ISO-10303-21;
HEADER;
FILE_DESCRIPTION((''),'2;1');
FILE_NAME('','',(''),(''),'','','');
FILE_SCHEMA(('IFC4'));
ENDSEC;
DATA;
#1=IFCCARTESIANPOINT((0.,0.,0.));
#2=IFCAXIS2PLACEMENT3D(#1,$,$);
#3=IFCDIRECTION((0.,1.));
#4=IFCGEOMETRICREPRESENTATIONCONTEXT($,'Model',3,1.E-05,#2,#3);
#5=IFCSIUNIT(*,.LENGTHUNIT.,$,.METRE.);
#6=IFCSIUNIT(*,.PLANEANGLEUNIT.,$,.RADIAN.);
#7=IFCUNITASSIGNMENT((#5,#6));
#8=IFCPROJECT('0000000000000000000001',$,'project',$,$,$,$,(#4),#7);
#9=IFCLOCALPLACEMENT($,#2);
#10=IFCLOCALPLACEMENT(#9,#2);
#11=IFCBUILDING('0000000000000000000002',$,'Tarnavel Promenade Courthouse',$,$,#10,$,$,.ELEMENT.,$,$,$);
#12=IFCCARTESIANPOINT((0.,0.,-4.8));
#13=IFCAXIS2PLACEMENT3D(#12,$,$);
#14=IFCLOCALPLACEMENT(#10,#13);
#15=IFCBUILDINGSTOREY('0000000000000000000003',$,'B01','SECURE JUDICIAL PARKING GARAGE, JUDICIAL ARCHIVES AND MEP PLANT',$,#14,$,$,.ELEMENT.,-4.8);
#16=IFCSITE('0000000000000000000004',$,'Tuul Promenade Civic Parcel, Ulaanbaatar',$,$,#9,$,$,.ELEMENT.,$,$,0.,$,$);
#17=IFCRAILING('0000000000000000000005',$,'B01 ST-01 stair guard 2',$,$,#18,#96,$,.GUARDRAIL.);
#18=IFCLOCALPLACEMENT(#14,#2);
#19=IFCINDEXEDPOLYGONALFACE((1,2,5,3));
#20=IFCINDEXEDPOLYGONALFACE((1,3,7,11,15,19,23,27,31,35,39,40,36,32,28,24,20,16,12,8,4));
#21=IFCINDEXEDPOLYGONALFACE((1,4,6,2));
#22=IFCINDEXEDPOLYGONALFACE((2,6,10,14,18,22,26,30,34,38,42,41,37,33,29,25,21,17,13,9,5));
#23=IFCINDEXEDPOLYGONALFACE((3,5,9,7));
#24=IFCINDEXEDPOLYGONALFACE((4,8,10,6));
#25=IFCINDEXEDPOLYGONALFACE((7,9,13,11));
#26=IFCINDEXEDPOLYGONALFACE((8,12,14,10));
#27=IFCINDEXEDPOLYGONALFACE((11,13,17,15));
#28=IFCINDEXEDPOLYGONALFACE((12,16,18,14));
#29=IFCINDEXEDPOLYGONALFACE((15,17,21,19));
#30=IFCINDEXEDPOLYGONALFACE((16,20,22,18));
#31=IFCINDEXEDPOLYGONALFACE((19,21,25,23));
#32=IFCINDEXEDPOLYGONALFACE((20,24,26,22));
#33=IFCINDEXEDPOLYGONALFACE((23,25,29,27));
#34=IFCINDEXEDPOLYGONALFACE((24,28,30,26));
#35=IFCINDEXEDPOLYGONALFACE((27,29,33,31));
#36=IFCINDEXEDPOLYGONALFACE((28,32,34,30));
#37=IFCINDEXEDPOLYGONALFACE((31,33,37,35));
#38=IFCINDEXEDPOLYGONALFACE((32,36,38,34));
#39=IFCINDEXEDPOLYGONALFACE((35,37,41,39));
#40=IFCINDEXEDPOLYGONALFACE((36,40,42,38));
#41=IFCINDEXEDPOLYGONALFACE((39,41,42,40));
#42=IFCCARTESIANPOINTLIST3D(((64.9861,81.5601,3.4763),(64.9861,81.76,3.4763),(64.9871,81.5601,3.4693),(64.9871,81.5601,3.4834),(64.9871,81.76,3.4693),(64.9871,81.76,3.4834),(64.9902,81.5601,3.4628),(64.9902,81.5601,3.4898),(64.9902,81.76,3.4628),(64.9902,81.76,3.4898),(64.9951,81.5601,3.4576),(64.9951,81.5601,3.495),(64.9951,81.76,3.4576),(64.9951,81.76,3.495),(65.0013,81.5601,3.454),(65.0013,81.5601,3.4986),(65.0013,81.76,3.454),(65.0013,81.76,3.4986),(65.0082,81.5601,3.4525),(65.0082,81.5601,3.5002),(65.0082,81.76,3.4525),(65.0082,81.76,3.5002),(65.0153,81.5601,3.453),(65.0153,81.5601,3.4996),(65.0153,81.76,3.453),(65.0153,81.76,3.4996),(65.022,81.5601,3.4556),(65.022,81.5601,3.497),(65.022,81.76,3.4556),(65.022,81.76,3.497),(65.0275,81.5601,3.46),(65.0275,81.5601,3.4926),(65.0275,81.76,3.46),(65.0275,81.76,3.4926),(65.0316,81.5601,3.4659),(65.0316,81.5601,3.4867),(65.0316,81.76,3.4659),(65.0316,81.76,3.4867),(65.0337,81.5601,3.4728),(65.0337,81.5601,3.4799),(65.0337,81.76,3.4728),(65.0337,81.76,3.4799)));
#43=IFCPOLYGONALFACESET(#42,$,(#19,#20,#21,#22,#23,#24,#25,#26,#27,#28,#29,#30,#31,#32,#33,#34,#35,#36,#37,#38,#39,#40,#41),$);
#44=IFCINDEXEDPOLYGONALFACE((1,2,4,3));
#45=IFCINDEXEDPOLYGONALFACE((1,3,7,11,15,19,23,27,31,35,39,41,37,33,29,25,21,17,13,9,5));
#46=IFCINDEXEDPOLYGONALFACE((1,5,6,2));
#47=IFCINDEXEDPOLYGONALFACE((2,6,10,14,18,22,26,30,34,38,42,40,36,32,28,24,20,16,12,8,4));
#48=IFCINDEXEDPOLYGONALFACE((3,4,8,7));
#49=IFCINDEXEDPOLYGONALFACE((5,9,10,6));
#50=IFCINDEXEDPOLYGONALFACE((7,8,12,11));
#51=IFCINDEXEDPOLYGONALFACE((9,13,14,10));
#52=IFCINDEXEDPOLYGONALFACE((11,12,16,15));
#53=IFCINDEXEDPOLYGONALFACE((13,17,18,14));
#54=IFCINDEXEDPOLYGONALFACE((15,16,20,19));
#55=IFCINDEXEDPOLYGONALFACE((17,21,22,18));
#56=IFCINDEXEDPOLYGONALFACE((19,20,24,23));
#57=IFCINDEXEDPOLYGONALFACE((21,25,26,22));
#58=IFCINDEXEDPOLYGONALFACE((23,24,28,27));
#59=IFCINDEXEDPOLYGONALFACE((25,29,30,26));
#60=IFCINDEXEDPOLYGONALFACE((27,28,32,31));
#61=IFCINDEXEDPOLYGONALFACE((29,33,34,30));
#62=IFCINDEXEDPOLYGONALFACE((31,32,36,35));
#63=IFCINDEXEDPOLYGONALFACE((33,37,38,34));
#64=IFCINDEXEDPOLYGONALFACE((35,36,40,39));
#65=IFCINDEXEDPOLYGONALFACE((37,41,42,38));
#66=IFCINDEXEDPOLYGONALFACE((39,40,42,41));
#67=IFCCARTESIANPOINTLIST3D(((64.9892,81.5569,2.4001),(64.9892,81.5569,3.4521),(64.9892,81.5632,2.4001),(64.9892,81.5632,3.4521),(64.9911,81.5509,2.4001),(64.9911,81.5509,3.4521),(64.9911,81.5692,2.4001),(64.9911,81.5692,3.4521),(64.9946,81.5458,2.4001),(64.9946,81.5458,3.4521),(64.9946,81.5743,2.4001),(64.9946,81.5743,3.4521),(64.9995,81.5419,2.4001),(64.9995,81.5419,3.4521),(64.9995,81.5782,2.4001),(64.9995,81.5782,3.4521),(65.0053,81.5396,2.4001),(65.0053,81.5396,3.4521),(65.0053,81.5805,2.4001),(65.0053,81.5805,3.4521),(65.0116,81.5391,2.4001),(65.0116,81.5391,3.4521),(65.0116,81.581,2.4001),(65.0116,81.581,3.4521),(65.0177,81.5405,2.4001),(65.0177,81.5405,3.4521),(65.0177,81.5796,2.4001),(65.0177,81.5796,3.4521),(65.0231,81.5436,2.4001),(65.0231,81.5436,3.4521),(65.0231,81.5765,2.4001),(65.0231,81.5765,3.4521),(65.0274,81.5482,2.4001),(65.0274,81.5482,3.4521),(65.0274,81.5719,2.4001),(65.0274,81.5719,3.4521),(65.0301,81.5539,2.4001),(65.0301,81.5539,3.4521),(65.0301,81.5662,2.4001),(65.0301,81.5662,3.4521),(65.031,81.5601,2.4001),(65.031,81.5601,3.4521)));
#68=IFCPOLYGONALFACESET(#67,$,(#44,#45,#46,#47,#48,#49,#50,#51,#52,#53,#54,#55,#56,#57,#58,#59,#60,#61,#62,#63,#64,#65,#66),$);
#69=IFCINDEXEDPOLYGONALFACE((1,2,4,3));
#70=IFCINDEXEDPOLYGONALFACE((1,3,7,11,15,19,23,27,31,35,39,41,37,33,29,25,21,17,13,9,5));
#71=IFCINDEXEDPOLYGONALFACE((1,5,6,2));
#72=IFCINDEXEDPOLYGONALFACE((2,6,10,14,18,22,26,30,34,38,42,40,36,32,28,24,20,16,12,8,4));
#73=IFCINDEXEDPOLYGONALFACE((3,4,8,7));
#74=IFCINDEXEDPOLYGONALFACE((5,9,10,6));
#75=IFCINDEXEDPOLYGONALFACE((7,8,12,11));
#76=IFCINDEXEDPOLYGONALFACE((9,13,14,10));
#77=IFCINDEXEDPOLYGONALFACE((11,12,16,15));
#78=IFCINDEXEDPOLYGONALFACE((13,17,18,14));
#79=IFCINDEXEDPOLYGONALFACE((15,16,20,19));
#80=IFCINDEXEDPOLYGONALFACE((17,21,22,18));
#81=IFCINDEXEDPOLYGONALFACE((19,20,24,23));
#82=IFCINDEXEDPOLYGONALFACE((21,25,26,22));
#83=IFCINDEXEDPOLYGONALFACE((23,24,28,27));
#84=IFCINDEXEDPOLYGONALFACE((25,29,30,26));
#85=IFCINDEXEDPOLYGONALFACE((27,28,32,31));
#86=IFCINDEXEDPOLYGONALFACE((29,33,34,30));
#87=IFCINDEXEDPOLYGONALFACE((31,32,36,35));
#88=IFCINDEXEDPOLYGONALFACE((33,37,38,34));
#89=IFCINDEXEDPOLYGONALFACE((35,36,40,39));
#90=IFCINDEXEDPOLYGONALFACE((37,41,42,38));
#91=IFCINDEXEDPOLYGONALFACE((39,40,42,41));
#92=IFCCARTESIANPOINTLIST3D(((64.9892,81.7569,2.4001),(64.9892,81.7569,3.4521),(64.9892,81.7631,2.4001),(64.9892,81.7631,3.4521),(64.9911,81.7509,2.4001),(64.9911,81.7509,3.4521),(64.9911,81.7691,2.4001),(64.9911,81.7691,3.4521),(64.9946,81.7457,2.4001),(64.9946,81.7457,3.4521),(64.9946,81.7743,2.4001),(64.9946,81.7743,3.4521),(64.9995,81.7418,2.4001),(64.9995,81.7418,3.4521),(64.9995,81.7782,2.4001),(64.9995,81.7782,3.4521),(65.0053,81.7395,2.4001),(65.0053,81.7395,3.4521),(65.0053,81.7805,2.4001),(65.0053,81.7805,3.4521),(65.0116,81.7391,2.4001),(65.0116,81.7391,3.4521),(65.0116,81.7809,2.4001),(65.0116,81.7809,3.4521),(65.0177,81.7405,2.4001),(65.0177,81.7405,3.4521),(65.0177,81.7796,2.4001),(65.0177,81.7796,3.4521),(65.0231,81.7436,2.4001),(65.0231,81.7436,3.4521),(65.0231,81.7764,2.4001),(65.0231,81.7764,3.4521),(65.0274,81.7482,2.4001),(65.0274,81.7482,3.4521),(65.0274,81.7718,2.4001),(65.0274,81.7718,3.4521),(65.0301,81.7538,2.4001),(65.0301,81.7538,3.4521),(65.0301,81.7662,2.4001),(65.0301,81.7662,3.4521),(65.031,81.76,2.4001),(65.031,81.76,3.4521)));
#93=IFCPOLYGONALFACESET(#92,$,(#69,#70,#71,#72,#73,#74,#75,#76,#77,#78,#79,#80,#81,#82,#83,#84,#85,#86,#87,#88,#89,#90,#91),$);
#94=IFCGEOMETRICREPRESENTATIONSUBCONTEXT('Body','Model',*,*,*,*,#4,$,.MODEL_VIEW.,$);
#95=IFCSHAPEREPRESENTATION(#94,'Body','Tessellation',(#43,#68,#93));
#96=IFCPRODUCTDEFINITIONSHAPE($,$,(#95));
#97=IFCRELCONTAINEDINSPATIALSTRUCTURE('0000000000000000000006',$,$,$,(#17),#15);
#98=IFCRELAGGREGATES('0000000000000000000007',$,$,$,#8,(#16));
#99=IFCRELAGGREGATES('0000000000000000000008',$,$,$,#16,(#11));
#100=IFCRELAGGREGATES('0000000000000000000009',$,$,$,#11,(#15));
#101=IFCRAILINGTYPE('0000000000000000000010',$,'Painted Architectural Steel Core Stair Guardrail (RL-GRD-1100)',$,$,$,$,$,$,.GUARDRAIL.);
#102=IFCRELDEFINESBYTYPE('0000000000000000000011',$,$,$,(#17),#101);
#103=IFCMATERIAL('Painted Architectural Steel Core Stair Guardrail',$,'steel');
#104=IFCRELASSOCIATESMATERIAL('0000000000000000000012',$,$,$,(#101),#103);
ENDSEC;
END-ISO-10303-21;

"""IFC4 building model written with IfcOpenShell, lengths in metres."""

from ifc_helpers import new_model, si_unit, direction, frame, origin, origin_2d, place, context, subcontext, project, spatial, circle, extrude, material, type_object, element, save


model = new_model("IFC4")

# Units and contexts
model_context = context("Model", 3, precision=1e-05, world=origin(), true_north=direction((0.0, 1.0)))
body_context = subcontext(model_context, "Body", "Model", "MODEL_VIEW")
ifc_project = project(units=[si_unit("LENGTHUNIT", "METRE"), si_unit("PLANEANGLEUNIT", "RADIAN")], contexts=[model_context])

# Site, building, storey
site_placement = place(None, origin())
site = spatial("IfcSite", under=ifc_project, at=site_placement, Name="Tuul Promenade Civic Parcel, Ulaanbaatar", CompositionType="ELEMENT", RefElevation=0.0)
building_placement = place(site_placement, origin())
building = spatial("IfcBuilding", under=site, at=building_placement, Name="Tarnavel Promenade Courthouse", CompositionType="ELEMENT")
storey_placement = place(building_placement, frame((0.0, 0.0, -4.8)))
storey = spatial("IfcBuildingStorey", under=building, at=storey_placement, Name="B01", Description="SECURE JUDICIAL PARKING GARAGE, JUDICIAL ARCHIVES AND MEP PLANT", CompositionType="ELEMENT", Elevation=-4.8)

# Railing
ifc_material_1 = material(Name="Painted Architectural Steel Core Stair Guardrail", Category="steel")
railing_type_1 = type_object("IfcRailingType", Name="Painted Architectural Steel Core Stair Guardrail (RL-GRD-1100)", PredefinedType="GUARDRAIL", material=ifc_material_1)
railing_1_placement = place(storey_placement, frame((65.01, 81.5601, 2.4001)))
element("IfcRailing", 1, at=railing_1_placement, inside=storey, type_object=railing_type_1, Name="B01 ST-01 stair guard 2", PredefinedType="GUARDRAIL", context=body_context, shape_type="SweptSolid", body=[
    extrude(circle(Radius=0.0239, at=origin_2d()), frame((0.0, 0.0, 1.0762), z_axis=(0.0, 1.0, 0.0), x_axis=(-1.0, 0.0, 0.0)), (0.0, 0.0, 1.0), 0.2),
    extrude(circle(Radius=0.021, at=origin_2d()), origin(), (0.0, 0.0, 1.0), 1.052),
    extrude(circle(Radius=0.021, at=origin_2d()), frame((0.0, 0.2, 0.0)), (0.0, 0.0, 1.0), 1.052),
])

save(model, "model.ifc")
